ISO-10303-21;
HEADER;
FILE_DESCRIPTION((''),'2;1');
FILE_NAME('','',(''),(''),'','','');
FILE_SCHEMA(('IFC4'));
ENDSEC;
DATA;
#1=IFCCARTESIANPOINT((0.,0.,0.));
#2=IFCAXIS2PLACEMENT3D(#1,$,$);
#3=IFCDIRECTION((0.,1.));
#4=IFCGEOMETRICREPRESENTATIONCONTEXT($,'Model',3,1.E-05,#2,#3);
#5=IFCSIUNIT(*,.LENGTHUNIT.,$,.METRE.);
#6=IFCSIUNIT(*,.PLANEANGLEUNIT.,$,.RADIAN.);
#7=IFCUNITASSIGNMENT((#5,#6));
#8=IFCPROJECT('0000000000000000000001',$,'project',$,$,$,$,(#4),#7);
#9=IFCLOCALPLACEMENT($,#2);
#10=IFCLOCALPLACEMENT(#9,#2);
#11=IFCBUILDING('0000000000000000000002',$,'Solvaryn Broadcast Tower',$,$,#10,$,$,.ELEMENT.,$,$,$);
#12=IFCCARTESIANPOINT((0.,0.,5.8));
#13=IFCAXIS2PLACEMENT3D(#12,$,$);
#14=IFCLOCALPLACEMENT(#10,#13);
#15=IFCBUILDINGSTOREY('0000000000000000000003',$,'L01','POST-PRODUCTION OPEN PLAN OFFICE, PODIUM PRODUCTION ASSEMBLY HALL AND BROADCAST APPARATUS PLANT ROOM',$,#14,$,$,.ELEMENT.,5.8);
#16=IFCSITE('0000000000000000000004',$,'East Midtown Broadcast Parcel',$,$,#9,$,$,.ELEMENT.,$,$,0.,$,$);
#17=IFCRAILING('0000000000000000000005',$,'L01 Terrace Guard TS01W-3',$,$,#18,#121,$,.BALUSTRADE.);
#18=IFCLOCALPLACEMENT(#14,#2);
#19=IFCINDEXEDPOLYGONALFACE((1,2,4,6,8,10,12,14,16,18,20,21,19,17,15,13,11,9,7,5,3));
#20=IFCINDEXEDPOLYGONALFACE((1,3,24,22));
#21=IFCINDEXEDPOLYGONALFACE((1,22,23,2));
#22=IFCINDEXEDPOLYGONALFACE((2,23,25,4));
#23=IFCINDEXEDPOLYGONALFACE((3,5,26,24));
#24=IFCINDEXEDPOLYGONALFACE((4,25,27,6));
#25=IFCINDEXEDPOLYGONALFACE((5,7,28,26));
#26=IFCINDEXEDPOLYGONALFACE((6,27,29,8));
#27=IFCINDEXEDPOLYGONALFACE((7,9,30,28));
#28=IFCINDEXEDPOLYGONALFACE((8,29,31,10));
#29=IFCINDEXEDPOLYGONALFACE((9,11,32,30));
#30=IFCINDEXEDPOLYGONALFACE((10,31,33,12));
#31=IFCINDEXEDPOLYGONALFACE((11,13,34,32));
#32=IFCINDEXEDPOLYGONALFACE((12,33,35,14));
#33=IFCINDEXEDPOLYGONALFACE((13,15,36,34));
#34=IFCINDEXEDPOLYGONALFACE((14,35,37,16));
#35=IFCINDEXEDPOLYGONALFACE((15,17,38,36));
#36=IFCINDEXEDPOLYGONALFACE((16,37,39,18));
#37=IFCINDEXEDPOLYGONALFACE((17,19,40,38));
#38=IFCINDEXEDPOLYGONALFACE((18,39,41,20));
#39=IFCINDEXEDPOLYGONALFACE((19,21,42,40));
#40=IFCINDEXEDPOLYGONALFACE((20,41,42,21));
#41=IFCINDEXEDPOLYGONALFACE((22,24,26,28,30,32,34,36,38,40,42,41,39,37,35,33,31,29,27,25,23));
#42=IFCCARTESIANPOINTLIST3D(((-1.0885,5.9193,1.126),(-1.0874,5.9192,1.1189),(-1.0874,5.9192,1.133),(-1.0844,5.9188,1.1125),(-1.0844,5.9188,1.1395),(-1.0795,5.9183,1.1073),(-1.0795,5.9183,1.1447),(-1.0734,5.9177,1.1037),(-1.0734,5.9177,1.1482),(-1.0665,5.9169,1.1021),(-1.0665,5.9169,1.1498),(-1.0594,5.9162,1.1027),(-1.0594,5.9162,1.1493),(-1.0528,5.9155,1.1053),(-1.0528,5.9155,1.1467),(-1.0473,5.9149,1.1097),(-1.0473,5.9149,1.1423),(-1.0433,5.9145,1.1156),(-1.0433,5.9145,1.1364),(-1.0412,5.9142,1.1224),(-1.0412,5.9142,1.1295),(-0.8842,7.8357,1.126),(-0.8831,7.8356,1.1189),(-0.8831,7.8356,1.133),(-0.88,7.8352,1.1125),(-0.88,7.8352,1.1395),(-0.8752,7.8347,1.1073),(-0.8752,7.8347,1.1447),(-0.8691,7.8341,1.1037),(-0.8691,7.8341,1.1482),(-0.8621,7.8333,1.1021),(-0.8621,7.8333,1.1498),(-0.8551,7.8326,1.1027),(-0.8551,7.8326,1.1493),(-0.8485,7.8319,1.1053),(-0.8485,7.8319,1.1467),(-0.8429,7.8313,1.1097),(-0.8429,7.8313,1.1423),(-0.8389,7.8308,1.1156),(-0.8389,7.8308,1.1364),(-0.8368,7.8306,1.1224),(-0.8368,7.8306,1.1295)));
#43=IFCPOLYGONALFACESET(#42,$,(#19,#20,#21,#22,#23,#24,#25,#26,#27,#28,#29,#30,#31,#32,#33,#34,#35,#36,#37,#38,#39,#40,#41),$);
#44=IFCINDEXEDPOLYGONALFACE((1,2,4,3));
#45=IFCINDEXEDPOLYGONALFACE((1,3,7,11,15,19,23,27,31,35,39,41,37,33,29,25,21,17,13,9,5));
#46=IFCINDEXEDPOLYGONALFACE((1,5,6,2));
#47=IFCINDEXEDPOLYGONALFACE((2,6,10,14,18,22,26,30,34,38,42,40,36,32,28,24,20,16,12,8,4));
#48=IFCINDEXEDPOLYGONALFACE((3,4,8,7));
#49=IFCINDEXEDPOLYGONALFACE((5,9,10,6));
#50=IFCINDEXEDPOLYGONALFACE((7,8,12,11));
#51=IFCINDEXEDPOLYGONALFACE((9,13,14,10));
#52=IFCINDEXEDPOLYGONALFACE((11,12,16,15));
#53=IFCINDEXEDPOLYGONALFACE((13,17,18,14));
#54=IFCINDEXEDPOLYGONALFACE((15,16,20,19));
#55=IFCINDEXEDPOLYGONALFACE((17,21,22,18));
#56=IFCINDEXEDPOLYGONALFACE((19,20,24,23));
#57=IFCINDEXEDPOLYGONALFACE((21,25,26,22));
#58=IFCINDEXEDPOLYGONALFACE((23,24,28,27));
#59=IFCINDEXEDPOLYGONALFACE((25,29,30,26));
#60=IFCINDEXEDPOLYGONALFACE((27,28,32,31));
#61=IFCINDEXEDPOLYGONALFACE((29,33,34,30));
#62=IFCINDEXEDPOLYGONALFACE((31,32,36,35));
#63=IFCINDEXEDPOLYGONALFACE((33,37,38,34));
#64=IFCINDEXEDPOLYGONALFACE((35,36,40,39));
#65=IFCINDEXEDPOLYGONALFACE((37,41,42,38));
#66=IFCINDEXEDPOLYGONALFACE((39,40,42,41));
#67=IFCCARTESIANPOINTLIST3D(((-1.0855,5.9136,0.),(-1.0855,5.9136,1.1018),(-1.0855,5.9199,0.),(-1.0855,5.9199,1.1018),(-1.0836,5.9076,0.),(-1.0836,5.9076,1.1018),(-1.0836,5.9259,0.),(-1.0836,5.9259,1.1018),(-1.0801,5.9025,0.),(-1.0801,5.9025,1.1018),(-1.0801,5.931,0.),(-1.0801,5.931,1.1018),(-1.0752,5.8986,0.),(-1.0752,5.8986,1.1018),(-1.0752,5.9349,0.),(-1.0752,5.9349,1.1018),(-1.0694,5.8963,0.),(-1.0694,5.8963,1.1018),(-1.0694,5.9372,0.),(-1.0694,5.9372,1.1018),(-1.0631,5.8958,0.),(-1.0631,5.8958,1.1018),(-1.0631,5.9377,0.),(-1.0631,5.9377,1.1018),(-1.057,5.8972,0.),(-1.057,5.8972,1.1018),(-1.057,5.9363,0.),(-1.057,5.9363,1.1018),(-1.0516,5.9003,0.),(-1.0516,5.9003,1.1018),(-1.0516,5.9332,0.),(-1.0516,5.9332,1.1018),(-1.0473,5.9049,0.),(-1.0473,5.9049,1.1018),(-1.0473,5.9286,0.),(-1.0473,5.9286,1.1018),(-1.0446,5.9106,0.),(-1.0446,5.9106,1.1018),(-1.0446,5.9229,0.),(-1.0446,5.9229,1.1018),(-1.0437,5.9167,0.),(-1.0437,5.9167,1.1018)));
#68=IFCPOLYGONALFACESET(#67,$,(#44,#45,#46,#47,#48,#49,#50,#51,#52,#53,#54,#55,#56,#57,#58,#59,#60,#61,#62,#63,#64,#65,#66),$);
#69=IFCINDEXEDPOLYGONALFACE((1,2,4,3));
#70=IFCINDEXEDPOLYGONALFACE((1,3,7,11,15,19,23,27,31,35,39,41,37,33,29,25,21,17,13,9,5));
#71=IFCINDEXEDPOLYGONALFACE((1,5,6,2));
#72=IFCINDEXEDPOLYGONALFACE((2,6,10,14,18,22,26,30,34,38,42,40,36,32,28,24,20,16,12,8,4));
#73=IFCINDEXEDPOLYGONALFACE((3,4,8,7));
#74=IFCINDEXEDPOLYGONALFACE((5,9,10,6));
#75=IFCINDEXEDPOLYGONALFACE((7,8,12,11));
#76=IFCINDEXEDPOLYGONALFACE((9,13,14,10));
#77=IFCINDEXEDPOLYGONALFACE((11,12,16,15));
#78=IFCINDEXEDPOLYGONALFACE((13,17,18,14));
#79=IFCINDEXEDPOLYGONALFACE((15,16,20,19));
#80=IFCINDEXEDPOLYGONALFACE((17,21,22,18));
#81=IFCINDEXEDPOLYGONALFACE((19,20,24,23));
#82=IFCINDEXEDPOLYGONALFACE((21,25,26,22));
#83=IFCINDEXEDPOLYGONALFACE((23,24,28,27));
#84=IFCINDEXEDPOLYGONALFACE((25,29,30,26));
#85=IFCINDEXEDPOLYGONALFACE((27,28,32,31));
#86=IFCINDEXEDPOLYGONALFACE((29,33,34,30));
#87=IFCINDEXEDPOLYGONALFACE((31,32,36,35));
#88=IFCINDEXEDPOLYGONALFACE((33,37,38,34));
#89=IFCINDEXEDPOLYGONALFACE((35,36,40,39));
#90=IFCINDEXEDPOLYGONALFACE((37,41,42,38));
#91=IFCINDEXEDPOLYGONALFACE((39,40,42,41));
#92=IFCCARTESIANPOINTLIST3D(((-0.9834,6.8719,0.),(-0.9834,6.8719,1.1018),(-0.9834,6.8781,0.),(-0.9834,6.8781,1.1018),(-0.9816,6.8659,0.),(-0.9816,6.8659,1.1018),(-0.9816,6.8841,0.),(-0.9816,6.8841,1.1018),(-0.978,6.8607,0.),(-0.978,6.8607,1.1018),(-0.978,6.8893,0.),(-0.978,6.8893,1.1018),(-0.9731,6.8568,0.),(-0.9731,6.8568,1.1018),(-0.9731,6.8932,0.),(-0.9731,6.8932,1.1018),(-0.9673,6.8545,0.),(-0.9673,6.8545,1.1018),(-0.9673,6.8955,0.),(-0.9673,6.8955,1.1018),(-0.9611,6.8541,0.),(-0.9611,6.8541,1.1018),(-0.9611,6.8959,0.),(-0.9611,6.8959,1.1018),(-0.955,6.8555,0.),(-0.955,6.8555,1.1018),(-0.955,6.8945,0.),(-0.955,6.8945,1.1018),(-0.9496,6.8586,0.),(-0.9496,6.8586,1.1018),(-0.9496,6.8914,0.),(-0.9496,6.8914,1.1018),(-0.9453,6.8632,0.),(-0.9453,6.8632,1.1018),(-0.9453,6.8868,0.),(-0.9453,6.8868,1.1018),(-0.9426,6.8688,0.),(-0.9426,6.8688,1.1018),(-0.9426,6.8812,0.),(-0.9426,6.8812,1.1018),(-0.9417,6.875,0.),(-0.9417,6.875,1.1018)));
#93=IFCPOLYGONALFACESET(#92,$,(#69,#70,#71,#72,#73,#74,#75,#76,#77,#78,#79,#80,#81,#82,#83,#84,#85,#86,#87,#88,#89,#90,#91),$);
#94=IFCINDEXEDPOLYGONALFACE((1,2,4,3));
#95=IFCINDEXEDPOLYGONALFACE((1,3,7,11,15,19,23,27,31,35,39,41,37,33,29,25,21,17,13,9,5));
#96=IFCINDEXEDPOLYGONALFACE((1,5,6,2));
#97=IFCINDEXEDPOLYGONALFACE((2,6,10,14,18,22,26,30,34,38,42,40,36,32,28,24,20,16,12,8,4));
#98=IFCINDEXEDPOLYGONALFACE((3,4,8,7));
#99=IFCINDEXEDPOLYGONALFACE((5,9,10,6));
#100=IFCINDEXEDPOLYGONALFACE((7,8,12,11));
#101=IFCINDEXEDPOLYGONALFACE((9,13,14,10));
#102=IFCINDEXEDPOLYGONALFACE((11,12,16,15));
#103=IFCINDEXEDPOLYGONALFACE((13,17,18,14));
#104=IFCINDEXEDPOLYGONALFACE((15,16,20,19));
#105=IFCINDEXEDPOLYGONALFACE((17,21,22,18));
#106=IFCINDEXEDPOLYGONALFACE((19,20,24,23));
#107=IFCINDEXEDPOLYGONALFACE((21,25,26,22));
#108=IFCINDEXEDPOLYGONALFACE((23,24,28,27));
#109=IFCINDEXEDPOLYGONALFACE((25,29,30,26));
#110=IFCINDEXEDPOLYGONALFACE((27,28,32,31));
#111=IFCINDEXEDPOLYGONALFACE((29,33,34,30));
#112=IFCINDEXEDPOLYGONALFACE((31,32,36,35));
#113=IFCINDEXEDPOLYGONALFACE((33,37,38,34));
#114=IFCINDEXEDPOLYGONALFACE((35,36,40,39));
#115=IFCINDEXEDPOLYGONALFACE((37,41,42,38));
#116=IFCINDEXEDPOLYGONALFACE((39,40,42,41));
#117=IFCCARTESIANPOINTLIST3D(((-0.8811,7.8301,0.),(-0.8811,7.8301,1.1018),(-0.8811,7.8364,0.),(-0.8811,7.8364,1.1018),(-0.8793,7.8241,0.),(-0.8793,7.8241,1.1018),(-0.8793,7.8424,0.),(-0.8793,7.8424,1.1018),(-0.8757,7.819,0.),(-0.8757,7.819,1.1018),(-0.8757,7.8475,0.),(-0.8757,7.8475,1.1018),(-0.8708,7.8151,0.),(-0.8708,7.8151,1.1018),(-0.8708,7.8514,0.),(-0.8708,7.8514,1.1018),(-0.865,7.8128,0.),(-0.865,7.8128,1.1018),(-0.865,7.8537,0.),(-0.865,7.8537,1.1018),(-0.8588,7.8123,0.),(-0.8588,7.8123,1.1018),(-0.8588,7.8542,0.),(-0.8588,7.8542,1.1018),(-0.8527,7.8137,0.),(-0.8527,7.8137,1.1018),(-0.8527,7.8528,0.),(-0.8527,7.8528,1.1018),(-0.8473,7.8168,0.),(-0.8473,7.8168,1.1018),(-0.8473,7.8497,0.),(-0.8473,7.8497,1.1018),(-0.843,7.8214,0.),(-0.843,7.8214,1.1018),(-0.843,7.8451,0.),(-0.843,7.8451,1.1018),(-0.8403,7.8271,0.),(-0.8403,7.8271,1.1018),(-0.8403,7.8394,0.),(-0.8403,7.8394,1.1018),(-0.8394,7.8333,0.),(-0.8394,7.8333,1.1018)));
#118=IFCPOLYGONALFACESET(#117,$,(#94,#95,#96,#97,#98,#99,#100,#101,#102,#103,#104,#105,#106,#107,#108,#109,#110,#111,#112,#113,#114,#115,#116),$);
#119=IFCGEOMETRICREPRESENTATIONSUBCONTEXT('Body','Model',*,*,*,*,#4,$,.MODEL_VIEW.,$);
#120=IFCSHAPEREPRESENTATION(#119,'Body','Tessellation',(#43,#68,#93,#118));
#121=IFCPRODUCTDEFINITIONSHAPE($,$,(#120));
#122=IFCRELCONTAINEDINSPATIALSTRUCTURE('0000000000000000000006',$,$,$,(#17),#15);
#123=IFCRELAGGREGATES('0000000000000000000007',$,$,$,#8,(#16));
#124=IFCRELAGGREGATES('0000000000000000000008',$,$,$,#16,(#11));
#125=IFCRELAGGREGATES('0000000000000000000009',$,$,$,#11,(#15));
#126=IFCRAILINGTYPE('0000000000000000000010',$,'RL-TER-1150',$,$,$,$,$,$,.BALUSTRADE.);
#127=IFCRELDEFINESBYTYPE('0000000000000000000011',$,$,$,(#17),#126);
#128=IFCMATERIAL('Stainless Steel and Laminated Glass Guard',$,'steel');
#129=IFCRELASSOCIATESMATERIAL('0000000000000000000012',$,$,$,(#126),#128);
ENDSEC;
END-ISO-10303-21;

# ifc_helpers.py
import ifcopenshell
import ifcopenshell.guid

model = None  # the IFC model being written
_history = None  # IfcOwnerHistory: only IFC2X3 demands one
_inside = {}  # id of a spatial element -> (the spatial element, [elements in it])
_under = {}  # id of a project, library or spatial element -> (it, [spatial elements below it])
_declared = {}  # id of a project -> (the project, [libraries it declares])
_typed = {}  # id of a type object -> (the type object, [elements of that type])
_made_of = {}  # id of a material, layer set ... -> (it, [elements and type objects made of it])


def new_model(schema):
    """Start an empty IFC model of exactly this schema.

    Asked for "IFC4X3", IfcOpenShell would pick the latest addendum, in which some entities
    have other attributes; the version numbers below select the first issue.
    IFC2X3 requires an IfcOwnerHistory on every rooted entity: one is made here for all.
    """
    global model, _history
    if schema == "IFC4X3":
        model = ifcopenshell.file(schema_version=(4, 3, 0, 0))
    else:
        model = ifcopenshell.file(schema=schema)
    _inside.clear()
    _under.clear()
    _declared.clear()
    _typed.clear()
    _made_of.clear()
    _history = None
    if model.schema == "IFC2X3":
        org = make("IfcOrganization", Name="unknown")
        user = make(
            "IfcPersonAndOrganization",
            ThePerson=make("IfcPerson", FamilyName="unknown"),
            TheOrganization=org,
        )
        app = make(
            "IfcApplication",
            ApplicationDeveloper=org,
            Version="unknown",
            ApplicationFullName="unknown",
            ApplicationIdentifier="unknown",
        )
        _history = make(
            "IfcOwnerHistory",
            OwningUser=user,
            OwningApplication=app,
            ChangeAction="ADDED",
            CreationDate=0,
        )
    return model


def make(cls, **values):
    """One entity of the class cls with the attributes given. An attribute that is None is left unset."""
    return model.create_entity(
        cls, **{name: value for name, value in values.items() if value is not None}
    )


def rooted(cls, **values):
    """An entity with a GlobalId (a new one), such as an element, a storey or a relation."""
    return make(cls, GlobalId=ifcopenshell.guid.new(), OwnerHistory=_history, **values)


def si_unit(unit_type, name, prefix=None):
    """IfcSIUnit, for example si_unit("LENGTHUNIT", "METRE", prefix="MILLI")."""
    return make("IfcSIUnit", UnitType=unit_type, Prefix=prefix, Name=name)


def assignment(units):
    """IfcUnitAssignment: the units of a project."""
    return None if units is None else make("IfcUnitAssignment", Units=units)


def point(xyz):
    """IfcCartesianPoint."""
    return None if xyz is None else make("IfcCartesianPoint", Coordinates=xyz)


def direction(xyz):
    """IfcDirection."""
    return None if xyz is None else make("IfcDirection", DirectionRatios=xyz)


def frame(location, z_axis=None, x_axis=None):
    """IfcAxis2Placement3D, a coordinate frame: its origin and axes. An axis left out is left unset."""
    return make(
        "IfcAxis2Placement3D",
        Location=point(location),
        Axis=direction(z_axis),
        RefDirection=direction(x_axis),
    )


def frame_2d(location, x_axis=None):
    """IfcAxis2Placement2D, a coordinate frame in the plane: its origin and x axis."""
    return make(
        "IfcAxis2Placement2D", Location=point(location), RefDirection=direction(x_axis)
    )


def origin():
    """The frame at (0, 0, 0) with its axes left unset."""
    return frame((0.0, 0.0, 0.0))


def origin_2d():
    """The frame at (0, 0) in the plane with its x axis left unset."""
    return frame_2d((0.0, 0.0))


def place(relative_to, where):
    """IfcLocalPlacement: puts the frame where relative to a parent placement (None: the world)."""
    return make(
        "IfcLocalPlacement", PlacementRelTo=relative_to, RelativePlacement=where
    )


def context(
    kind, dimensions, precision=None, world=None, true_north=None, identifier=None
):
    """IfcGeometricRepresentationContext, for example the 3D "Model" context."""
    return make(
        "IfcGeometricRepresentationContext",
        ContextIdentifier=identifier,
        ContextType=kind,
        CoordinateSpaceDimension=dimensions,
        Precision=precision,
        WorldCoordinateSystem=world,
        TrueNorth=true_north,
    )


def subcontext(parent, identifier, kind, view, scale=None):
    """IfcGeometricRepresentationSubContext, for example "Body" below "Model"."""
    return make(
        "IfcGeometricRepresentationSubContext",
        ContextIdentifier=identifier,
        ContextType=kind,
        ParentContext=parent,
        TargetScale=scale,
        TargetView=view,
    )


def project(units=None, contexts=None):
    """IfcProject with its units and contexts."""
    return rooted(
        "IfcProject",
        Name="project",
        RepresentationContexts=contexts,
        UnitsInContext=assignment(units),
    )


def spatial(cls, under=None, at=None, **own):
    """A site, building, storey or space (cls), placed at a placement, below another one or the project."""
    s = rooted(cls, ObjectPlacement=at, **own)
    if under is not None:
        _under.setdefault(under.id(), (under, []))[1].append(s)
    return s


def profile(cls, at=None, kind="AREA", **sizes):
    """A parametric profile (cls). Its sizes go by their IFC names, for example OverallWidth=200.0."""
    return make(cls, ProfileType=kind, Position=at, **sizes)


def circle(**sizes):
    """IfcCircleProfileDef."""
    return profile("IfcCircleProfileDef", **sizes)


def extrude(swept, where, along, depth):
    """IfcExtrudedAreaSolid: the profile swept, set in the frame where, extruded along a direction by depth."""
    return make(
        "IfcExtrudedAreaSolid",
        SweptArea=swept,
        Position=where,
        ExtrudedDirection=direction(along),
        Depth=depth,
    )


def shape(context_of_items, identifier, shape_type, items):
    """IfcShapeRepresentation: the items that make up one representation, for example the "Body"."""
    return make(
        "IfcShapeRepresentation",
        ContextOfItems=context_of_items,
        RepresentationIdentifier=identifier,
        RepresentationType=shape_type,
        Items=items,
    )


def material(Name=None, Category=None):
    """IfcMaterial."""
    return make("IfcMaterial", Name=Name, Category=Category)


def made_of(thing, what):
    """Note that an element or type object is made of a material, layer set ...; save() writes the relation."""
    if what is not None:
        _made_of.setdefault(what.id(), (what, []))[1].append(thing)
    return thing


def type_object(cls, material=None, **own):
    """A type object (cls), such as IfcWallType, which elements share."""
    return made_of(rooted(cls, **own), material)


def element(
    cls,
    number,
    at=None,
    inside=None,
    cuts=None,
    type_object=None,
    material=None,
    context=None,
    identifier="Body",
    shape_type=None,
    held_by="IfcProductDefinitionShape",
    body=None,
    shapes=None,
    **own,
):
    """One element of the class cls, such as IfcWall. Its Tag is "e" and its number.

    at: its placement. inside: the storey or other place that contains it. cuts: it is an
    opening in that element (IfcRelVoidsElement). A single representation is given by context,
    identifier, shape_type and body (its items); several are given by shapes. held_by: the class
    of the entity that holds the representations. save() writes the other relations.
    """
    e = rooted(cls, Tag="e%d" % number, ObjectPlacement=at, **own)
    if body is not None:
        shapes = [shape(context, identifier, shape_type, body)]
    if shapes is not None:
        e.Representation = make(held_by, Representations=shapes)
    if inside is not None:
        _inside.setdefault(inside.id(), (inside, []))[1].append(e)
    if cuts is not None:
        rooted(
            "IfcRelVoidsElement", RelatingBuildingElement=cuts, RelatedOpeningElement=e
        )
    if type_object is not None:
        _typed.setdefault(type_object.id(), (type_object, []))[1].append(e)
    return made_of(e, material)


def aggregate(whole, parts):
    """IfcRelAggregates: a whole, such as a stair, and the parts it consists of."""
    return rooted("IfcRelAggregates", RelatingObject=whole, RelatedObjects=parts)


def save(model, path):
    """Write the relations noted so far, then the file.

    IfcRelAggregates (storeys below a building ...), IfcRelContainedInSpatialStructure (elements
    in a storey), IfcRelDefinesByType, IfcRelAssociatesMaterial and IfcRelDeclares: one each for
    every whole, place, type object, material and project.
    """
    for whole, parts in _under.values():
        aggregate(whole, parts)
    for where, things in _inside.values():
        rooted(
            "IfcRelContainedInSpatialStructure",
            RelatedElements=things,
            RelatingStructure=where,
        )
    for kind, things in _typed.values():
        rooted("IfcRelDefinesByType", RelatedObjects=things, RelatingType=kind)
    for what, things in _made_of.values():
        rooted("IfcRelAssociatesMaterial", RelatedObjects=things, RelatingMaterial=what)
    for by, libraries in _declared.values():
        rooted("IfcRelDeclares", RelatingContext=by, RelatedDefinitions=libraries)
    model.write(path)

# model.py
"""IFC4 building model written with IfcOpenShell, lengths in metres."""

from ifc_helpers import new_model, si_unit, direction, frame, origin, origin_2d, place, context, subcontext, project, spatial, circle, extrude, material, type_object, element, save


model = new_model("IFC4")

# Units and contexts
model_context = context("Model", 3, precision=1e-05, world=origin(), true_north=direction((0.0, 1.0)))
body_context = subcontext(model_context, "Body", "Model", "MODEL_VIEW")
ifc_project = project(units=[si_unit("LENGTHUNIT", "METRE"), si_unit("PLANEANGLEUNIT", "RADIAN")], contexts=[model_context])

# Site, building, storey
site_placement = place(None, origin())
site = spatial("IfcSite", under=ifc_project, at=site_placement, Name="East Midtown Broadcast Parcel", CompositionType="ELEMENT", RefElevation=0.0)
building_placement = place(site_placement, origin())
building = spatial("IfcBuilding", under=site, at=building_placement, Name="Solvaryn Broadcast Tower", CompositionType="ELEMENT")
storey_placement = place(building_placement, frame((0.0, 0.0, 5.8)))
storey = spatial("IfcBuildingStorey", under=building, at=storey_placement, Name="L01", Description="POST-PRODUCTION OPEN PLAN OFFICE, PODIUM PRODUCTION ASSEMBLY HALL AND BROADCAST APPARATUS PLANT ROOM", CompositionType="ELEMENT", Elevation=5.8)

# Railing
ifc_material_1 = material(Name="Stainless Steel and Laminated Glass Guard", Category="steel")
railing_type = type_object("IfcRailingType", Name="RL-TER-1150", PredefinedType="BALUSTRADE", material=ifc_material_1)
railing_1_placement = place(storey_placement, frame((-1.0647, 5.9167, 0.0)))
element("IfcRailing", 1, at=railing_1_placement, inside=storey, type_object=railing_type, Name="L01 Terrace Guard TS01W-3", PredefinedType="BALUSTRADE", context=body_context, shape_type="SweptSolid", body=[
    extrude(circle(Radius=0.0239, at=origin_2d()), frame((0.0, 0.0, 1.126), z_axis=(0.106023, 0.994364, 0.0), x_axis=(-0.994364, 0.106023, 0.0)), (0.0, 0.0, 1.0), 1.9272),
    extrude(circle(Radius=0.021, at=origin_2d()), origin(), (0.0, 0.0, 1.0), 1.1018),
    extrude(circle(Radius=0.021, at=origin_2d()), frame((0.1021, 0.9583, 0.0)), (0.0, 0.0, 1.0), 1.1018),
    extrude(circle(Radius=0.021, at=origin_2d()), frame((0.2043, 1.9165, 0.0)), (0.0, 0.0, 1.0), 1.1018),
])

save(model, "model.ifc")
